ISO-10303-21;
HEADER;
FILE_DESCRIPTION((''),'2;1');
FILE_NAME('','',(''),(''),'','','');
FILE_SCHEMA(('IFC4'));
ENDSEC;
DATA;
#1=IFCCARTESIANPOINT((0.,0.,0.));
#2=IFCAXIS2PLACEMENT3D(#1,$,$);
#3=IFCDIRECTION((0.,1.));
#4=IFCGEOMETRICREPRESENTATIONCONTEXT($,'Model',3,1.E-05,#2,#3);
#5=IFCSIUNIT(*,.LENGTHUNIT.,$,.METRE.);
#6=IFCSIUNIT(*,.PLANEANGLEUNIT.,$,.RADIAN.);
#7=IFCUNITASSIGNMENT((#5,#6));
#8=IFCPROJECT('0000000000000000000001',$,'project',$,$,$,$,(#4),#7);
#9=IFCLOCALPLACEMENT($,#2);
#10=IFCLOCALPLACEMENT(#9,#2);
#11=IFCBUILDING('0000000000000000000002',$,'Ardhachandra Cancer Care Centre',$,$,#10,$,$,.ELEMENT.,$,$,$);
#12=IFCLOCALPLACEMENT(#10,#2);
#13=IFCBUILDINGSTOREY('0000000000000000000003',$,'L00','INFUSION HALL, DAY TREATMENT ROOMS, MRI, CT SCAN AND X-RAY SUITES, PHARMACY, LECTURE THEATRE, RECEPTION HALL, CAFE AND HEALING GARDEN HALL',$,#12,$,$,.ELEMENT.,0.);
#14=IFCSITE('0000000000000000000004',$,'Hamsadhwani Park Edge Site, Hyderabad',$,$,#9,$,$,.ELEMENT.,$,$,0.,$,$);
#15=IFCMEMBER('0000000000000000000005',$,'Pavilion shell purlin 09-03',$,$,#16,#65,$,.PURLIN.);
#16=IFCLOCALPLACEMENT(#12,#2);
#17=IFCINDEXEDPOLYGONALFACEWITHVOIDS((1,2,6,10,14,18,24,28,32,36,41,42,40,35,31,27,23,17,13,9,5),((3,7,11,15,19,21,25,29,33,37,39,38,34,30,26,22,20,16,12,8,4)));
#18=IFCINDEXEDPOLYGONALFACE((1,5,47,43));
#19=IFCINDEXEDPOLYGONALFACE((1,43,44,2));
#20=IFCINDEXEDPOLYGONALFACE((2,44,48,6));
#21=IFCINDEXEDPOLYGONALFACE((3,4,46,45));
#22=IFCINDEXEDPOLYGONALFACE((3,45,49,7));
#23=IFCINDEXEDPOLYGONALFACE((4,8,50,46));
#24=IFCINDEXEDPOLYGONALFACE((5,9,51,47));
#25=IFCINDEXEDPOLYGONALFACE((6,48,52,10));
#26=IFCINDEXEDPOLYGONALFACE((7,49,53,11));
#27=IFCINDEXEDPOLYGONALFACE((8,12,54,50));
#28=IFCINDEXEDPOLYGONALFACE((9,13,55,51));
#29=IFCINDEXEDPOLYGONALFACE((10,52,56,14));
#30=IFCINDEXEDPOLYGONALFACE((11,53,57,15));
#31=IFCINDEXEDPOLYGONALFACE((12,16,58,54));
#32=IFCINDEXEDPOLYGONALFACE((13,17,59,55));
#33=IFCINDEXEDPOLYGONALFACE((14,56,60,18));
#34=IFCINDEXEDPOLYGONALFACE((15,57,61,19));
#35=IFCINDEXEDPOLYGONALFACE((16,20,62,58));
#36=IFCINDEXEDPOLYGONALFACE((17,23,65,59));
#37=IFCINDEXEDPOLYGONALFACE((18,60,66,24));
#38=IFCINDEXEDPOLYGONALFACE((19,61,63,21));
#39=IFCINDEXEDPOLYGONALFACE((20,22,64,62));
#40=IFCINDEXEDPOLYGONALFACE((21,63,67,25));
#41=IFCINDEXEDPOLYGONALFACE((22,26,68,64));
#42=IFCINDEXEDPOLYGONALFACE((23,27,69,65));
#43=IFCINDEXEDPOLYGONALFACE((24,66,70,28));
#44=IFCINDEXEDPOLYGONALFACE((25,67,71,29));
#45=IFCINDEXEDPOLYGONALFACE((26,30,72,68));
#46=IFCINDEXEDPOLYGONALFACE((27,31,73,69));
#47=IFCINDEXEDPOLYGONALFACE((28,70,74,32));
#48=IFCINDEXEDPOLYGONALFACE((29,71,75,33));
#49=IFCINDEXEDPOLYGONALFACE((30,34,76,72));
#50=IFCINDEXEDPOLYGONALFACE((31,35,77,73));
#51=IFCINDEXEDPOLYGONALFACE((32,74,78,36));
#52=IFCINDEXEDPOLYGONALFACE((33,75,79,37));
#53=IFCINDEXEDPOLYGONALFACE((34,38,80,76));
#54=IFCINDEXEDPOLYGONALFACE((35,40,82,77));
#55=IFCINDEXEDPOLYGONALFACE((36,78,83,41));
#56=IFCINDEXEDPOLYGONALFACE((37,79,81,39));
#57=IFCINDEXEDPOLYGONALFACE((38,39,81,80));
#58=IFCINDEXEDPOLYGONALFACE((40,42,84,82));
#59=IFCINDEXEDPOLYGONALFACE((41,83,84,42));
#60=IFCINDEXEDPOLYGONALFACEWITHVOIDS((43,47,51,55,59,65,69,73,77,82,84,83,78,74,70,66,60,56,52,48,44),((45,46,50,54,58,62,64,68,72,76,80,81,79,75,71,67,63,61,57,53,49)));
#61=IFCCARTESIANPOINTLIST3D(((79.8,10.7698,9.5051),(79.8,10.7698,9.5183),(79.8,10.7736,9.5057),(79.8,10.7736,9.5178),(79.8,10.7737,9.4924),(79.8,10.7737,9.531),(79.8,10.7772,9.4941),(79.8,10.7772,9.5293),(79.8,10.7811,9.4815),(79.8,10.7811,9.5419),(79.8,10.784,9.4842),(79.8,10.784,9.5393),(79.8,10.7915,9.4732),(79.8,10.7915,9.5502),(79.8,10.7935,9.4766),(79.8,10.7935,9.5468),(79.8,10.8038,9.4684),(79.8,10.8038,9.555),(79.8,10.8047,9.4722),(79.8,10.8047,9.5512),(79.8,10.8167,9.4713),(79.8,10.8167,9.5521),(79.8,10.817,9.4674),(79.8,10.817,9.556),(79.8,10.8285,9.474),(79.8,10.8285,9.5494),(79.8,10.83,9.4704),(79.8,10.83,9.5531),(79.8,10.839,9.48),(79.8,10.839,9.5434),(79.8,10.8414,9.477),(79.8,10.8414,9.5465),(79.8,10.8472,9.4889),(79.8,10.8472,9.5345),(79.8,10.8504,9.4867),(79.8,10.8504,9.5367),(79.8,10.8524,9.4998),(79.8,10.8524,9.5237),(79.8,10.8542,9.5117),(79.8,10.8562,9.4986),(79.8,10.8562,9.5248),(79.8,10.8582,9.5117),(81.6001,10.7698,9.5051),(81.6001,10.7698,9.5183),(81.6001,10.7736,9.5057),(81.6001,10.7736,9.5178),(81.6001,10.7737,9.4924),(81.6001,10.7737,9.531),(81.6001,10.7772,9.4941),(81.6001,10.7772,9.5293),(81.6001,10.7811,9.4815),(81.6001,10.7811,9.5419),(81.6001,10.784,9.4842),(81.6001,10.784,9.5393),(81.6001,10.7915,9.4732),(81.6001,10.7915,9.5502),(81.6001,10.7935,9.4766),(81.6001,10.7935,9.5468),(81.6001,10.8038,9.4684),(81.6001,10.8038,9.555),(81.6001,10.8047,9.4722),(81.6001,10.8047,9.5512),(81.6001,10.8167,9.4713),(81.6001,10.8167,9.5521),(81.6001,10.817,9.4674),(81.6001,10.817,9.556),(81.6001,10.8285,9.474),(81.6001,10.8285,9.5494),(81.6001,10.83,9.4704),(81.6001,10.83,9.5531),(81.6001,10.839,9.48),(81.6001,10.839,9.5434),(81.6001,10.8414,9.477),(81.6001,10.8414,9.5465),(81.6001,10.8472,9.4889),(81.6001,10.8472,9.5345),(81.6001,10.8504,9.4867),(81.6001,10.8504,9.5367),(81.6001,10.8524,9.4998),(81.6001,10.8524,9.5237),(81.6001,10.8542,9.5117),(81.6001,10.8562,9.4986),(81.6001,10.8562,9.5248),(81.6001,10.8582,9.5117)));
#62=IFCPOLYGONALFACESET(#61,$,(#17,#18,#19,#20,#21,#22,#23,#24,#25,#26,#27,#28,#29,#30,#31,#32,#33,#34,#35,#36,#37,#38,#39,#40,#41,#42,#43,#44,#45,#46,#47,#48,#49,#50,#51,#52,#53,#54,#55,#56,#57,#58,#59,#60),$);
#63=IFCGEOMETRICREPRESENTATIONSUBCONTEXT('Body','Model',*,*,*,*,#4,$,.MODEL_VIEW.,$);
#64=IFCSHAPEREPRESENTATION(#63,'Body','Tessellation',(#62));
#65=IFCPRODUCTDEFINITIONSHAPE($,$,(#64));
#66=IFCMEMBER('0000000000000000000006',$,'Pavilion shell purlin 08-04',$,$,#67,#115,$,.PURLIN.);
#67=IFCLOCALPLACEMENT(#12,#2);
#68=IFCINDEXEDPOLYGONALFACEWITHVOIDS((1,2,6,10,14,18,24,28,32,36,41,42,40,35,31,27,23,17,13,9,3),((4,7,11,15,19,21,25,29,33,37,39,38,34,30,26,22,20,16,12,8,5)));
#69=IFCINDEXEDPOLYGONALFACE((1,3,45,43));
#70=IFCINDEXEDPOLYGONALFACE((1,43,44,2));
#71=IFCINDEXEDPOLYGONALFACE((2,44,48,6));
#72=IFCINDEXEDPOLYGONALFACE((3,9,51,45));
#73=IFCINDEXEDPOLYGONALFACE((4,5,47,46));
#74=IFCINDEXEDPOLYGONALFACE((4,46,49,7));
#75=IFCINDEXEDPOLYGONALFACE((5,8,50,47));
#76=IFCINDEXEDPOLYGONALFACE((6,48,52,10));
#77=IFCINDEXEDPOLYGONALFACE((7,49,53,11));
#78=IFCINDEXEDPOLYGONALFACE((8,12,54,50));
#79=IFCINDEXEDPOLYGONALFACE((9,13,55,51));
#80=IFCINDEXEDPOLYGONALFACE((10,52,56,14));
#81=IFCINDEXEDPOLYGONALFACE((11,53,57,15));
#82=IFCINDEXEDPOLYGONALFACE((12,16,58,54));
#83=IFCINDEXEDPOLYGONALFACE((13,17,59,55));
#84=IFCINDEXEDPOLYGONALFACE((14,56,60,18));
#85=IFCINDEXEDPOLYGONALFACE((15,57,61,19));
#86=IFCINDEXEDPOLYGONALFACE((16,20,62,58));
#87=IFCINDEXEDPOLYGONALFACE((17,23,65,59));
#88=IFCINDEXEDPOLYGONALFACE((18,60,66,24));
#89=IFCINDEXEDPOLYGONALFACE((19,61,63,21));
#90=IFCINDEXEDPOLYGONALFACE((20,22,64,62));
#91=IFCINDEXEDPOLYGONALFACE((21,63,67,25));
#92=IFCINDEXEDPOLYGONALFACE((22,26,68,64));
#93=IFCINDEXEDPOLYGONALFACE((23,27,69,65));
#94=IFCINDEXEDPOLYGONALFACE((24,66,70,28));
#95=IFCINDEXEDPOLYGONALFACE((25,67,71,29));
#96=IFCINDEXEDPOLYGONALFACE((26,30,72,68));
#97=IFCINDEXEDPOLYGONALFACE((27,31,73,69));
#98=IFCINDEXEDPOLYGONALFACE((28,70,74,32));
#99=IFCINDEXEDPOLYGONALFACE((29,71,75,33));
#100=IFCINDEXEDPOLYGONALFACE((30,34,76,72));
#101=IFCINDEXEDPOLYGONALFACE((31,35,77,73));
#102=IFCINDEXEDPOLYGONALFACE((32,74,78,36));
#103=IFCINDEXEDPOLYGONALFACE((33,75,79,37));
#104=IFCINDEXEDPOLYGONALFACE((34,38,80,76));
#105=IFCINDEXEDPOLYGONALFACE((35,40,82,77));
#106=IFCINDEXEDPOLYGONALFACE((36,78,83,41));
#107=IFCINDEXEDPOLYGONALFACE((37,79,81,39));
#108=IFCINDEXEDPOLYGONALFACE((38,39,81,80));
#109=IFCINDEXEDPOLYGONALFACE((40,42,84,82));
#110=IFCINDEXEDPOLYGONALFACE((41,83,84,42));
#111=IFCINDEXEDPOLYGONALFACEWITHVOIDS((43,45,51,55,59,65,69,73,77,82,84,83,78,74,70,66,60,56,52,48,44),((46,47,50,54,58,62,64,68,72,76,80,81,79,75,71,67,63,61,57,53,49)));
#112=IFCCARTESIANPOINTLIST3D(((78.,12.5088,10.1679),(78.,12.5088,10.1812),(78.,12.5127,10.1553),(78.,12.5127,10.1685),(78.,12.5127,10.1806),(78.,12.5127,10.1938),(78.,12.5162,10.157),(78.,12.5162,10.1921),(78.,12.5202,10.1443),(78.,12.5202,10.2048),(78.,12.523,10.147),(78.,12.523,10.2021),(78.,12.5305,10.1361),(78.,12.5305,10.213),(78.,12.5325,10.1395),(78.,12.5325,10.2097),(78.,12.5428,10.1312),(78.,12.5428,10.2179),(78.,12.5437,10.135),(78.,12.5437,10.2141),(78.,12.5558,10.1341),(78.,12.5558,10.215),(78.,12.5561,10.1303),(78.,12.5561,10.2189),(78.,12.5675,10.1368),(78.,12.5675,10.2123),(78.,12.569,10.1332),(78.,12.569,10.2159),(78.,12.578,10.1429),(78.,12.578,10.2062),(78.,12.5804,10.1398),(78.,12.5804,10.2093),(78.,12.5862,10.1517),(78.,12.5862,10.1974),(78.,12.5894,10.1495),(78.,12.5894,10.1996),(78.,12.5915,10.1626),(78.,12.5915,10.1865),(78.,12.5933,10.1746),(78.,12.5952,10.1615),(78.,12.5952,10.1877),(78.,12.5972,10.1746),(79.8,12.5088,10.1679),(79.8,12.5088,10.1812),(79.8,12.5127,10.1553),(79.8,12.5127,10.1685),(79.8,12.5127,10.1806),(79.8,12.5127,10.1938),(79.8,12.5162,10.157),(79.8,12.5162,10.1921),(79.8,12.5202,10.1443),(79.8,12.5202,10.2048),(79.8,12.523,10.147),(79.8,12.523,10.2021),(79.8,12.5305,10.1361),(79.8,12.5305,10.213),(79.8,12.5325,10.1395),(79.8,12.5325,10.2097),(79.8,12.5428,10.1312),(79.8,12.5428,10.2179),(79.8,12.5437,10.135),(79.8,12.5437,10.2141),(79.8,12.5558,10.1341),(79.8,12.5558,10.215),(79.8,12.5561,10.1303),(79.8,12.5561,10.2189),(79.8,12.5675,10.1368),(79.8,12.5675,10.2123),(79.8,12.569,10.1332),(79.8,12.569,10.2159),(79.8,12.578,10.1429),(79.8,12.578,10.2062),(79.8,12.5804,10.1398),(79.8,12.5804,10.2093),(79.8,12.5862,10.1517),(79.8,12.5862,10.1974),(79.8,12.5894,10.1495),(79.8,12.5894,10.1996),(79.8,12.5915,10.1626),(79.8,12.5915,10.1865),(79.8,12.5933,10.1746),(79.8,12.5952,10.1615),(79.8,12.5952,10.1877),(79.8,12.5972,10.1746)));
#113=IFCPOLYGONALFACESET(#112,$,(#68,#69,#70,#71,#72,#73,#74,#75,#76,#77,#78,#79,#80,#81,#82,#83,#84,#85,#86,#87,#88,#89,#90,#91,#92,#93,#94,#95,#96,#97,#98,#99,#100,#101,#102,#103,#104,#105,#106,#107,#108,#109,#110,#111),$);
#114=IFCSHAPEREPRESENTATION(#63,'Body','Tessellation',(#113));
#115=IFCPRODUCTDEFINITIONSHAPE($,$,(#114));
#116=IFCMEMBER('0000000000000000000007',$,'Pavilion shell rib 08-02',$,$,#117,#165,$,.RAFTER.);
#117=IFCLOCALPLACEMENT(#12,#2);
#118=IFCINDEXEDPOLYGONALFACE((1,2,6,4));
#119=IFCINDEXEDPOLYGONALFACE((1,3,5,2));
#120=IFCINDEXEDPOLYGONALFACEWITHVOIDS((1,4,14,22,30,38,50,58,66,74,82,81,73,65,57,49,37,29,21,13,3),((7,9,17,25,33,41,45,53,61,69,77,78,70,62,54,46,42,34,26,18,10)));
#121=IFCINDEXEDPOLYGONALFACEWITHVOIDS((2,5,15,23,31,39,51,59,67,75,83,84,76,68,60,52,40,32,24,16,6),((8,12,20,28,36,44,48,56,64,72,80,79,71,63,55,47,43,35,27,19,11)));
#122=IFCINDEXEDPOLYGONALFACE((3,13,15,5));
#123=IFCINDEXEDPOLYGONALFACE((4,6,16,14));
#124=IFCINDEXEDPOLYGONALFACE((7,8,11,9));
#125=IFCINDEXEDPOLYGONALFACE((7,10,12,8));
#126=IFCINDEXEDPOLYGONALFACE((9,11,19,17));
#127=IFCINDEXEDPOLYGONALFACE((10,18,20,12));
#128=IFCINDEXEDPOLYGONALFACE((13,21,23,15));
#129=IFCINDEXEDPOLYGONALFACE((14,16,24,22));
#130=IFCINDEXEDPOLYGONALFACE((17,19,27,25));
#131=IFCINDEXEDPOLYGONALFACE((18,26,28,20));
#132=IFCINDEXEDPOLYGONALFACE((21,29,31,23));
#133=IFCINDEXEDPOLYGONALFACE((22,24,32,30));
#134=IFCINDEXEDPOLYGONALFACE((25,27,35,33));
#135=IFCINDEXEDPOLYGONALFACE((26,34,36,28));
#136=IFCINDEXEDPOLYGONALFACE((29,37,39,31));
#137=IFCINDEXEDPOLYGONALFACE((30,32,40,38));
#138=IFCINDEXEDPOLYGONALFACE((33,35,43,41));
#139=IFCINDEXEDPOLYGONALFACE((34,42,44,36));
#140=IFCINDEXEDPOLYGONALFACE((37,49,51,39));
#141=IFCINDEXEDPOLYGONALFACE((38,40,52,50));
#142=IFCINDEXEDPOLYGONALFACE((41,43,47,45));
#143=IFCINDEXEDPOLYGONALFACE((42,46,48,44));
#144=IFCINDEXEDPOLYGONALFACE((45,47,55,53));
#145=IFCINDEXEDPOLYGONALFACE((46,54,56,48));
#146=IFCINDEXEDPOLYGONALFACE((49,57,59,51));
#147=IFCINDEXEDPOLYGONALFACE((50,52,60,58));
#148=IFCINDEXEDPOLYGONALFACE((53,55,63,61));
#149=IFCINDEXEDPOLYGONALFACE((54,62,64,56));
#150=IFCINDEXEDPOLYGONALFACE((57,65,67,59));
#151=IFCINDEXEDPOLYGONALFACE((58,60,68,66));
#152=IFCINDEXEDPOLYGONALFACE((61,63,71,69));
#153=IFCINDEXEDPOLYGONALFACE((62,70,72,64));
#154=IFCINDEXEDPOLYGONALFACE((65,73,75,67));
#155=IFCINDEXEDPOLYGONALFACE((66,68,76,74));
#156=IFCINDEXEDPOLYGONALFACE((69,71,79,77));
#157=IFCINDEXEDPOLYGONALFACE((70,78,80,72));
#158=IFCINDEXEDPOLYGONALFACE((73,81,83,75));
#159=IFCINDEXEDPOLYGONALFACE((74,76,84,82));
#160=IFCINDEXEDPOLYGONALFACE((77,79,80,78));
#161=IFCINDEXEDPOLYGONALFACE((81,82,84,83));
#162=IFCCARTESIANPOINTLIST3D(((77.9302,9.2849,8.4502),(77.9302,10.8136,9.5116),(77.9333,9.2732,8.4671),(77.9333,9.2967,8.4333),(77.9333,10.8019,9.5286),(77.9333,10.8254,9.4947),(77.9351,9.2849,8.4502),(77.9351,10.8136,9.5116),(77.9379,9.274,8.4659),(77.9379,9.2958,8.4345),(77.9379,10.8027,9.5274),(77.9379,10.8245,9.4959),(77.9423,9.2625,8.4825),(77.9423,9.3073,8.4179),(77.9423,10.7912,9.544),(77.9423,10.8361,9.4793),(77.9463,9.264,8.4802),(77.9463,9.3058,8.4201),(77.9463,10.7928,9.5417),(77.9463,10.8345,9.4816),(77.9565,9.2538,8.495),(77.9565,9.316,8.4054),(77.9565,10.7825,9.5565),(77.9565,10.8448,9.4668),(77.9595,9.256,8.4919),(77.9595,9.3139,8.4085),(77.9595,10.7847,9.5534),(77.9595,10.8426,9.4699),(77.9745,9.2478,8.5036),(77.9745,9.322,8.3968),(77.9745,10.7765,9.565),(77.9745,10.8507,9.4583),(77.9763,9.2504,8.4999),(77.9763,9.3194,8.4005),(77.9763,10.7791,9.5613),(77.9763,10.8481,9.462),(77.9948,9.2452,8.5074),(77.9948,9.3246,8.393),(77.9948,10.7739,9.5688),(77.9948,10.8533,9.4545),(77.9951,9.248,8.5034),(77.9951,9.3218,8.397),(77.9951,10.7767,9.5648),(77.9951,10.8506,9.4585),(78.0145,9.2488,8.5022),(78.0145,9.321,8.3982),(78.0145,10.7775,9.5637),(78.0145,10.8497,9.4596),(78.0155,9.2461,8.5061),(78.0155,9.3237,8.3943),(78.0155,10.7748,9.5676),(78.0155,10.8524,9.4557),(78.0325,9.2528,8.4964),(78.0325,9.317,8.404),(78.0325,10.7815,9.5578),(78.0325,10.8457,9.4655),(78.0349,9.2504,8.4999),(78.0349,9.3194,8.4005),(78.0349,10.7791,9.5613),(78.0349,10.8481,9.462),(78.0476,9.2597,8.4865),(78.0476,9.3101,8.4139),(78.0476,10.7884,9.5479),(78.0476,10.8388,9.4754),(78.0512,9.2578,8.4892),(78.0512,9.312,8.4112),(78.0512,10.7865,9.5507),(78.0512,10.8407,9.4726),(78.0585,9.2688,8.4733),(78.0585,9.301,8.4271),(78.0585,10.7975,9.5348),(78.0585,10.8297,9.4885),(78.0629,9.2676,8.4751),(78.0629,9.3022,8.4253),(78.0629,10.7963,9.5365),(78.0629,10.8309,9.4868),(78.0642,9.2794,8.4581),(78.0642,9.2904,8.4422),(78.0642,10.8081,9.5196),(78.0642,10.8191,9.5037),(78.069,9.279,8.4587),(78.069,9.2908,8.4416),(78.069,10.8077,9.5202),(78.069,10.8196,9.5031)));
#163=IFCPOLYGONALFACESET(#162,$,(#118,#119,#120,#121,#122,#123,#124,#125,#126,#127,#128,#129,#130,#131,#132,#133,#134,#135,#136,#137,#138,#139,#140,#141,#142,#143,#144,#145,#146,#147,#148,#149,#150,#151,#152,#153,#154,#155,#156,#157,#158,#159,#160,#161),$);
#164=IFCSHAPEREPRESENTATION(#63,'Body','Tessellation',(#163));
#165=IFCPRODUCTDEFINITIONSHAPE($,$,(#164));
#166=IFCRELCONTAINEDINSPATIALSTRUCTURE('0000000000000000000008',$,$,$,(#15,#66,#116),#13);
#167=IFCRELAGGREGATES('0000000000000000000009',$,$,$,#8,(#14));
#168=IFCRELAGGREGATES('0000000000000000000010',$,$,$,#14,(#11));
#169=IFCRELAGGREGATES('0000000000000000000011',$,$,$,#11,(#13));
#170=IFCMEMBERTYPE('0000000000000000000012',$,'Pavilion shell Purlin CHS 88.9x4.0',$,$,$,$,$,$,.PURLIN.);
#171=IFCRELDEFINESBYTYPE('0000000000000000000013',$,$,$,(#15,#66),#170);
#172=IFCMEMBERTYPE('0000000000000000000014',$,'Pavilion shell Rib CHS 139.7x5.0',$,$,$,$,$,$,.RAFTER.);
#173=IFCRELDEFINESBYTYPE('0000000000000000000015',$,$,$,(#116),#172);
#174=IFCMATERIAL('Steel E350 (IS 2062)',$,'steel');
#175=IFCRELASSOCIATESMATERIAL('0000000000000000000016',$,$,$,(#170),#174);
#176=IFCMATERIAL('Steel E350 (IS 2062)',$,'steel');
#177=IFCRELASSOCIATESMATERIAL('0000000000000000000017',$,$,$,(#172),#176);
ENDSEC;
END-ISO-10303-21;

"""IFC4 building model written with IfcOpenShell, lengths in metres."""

from ifc_helpers import new_model, si_unit, direction, frame, origin, origin_2d, place, context, subcontext, project, spatial, hollow_circle, extrude, material, material_profile, profile_set, type_object, element, save


model = new_model("IFC4")

# Units and contexts
model_context = context("Model", 3, precision=1e-05, world=origin(), true_north=direction((0.0, 1.0)))
body_context = subcontext(model_context, "Body", "Model", "MODEL_VIEW")
ifc_project = project(units=[si_unit("LENGTHUNIT", "METRE"), si_unit("PLANEANGLEUNIT", "RADIAN")], contexts=[model_context])

# Site, building, storey
site_placement = place(None, origin())
site = spatial("IfcSite", under=ifc_project, at=site_placement, Name="Hamsadhwani Park Edge Site, Hyderabad", CompositionType="ELEMENT", RefElevation=0.0)
building_placement = place(site_placement, origin())
building = spatial("IfcBuilding", under=site, at=building_placement, Name="Ardhachandra Cancer Care Centre", CompositionType="ELEMENT")
storey_placement = place(building_placement, origin())
storey = spatial("IfcBuildingStorey", under=building, at=storey_placement, Name="L00", Description="INFUSION HALL, DAY TREATMENT ROOMS, MRI, CT SCAN AND X-RAY SUITES, PHARMACY, LECTURE THEATRE, RECEPTION HALL, CAFE AND HEALING GARDEN HALL", CompositionType="ELEMENT", Elevation=0.0)

# Members
ifc_material_1 = material(Name="Steel E350 (IS 2062)", Category="steel")
ifc_material_profile_1 = material_profile(ifc_material_1, hollow_circle(Radius=0.0444, WallThickness=0.0039, at=origin_2d()), Name="CHS 88.9x4.0")
ifc_profile_set_1 = profile_set([ifc_material_profile_1], Name="Steel E350 (IS 2062)")
member_type_1 = type_object("IfcMemberType", Name="Pavilion shell Purlin CHS 88.9x4.0", PredefinedType="PURLIN", material=ifc_profile_set_1)
for number, where, z_axis, x_axis, name in (
    (1, (79.8, 10.8137, 9.5117), (1.0, 0.0, 0.0), (0.0, 1.0, 0.0), "Pavilion shell purlin 09-03"),
    (2, (78.0, 12.5527, 10.1746), (1.0, 0.0, 0.0), (0.0, 1.0, 0.0), "Pavilion shell purlin 08-04"),
):
    element("IfcMember", number, at=place(storey_placement, frame(where, z_axis=z_axis, x_axis=x_axis)), inside=storey, type_object=member_type_1, Name=name, PredefinedType="PURLIN", context=body_context, shape_type="SweptSolid", body=[
        extrude(hollow_circle(Radius=0.0444, WallThickness=0.0039, at=origin_2d()), origin(), (0.0, 0.0, 1.0), 1.8),
    ])
ifc_material_2 = material(Name="Steel E350 (IS 2062)", Category="steel")
ifc_material_profile_2 = material_profile(ifc_material_2, hollow_circle(Radius=0.0698, WallThickness=0.0049, at=origin_2d()), Name="CHS 139.7x5.0")
ifc_profile_set_2 = profile_set([ifc_material_profile_2], Name="Steel E350 (IS 2062)")
member_type_2 = type_object("IfcMemberType", Name="Pavilion shell Rib CHS 139.7x5.0", PredefinedType="RAFTER", material=ifc_profile_set_2)
for number, where, z_axis, x_axis, name in (
    (3, (78.0, 9.2849, 8.4502), (0.0, 0.821408, 0.570342), (-1.0, 0.0, 0.0), "Pavilion shell rib 08-02"),
):
    element("IfcMember", number, at=place(storey_placement, frame(where, z_axis=z_axis, x_axis=x_axis)), inside=storey, type_object=member_type_2, Name=name, PredefinedType="RAFTER", context=body_context, shape_type="SweptSolid", body=[
        extrude(hollow_circle(Radius=0.0698, WallThickness=0.0049, at=origin_2d()), origin(), (0.0, 0.0, 1.0), 1.8611),
    ])

save(model, "model.ifc")
